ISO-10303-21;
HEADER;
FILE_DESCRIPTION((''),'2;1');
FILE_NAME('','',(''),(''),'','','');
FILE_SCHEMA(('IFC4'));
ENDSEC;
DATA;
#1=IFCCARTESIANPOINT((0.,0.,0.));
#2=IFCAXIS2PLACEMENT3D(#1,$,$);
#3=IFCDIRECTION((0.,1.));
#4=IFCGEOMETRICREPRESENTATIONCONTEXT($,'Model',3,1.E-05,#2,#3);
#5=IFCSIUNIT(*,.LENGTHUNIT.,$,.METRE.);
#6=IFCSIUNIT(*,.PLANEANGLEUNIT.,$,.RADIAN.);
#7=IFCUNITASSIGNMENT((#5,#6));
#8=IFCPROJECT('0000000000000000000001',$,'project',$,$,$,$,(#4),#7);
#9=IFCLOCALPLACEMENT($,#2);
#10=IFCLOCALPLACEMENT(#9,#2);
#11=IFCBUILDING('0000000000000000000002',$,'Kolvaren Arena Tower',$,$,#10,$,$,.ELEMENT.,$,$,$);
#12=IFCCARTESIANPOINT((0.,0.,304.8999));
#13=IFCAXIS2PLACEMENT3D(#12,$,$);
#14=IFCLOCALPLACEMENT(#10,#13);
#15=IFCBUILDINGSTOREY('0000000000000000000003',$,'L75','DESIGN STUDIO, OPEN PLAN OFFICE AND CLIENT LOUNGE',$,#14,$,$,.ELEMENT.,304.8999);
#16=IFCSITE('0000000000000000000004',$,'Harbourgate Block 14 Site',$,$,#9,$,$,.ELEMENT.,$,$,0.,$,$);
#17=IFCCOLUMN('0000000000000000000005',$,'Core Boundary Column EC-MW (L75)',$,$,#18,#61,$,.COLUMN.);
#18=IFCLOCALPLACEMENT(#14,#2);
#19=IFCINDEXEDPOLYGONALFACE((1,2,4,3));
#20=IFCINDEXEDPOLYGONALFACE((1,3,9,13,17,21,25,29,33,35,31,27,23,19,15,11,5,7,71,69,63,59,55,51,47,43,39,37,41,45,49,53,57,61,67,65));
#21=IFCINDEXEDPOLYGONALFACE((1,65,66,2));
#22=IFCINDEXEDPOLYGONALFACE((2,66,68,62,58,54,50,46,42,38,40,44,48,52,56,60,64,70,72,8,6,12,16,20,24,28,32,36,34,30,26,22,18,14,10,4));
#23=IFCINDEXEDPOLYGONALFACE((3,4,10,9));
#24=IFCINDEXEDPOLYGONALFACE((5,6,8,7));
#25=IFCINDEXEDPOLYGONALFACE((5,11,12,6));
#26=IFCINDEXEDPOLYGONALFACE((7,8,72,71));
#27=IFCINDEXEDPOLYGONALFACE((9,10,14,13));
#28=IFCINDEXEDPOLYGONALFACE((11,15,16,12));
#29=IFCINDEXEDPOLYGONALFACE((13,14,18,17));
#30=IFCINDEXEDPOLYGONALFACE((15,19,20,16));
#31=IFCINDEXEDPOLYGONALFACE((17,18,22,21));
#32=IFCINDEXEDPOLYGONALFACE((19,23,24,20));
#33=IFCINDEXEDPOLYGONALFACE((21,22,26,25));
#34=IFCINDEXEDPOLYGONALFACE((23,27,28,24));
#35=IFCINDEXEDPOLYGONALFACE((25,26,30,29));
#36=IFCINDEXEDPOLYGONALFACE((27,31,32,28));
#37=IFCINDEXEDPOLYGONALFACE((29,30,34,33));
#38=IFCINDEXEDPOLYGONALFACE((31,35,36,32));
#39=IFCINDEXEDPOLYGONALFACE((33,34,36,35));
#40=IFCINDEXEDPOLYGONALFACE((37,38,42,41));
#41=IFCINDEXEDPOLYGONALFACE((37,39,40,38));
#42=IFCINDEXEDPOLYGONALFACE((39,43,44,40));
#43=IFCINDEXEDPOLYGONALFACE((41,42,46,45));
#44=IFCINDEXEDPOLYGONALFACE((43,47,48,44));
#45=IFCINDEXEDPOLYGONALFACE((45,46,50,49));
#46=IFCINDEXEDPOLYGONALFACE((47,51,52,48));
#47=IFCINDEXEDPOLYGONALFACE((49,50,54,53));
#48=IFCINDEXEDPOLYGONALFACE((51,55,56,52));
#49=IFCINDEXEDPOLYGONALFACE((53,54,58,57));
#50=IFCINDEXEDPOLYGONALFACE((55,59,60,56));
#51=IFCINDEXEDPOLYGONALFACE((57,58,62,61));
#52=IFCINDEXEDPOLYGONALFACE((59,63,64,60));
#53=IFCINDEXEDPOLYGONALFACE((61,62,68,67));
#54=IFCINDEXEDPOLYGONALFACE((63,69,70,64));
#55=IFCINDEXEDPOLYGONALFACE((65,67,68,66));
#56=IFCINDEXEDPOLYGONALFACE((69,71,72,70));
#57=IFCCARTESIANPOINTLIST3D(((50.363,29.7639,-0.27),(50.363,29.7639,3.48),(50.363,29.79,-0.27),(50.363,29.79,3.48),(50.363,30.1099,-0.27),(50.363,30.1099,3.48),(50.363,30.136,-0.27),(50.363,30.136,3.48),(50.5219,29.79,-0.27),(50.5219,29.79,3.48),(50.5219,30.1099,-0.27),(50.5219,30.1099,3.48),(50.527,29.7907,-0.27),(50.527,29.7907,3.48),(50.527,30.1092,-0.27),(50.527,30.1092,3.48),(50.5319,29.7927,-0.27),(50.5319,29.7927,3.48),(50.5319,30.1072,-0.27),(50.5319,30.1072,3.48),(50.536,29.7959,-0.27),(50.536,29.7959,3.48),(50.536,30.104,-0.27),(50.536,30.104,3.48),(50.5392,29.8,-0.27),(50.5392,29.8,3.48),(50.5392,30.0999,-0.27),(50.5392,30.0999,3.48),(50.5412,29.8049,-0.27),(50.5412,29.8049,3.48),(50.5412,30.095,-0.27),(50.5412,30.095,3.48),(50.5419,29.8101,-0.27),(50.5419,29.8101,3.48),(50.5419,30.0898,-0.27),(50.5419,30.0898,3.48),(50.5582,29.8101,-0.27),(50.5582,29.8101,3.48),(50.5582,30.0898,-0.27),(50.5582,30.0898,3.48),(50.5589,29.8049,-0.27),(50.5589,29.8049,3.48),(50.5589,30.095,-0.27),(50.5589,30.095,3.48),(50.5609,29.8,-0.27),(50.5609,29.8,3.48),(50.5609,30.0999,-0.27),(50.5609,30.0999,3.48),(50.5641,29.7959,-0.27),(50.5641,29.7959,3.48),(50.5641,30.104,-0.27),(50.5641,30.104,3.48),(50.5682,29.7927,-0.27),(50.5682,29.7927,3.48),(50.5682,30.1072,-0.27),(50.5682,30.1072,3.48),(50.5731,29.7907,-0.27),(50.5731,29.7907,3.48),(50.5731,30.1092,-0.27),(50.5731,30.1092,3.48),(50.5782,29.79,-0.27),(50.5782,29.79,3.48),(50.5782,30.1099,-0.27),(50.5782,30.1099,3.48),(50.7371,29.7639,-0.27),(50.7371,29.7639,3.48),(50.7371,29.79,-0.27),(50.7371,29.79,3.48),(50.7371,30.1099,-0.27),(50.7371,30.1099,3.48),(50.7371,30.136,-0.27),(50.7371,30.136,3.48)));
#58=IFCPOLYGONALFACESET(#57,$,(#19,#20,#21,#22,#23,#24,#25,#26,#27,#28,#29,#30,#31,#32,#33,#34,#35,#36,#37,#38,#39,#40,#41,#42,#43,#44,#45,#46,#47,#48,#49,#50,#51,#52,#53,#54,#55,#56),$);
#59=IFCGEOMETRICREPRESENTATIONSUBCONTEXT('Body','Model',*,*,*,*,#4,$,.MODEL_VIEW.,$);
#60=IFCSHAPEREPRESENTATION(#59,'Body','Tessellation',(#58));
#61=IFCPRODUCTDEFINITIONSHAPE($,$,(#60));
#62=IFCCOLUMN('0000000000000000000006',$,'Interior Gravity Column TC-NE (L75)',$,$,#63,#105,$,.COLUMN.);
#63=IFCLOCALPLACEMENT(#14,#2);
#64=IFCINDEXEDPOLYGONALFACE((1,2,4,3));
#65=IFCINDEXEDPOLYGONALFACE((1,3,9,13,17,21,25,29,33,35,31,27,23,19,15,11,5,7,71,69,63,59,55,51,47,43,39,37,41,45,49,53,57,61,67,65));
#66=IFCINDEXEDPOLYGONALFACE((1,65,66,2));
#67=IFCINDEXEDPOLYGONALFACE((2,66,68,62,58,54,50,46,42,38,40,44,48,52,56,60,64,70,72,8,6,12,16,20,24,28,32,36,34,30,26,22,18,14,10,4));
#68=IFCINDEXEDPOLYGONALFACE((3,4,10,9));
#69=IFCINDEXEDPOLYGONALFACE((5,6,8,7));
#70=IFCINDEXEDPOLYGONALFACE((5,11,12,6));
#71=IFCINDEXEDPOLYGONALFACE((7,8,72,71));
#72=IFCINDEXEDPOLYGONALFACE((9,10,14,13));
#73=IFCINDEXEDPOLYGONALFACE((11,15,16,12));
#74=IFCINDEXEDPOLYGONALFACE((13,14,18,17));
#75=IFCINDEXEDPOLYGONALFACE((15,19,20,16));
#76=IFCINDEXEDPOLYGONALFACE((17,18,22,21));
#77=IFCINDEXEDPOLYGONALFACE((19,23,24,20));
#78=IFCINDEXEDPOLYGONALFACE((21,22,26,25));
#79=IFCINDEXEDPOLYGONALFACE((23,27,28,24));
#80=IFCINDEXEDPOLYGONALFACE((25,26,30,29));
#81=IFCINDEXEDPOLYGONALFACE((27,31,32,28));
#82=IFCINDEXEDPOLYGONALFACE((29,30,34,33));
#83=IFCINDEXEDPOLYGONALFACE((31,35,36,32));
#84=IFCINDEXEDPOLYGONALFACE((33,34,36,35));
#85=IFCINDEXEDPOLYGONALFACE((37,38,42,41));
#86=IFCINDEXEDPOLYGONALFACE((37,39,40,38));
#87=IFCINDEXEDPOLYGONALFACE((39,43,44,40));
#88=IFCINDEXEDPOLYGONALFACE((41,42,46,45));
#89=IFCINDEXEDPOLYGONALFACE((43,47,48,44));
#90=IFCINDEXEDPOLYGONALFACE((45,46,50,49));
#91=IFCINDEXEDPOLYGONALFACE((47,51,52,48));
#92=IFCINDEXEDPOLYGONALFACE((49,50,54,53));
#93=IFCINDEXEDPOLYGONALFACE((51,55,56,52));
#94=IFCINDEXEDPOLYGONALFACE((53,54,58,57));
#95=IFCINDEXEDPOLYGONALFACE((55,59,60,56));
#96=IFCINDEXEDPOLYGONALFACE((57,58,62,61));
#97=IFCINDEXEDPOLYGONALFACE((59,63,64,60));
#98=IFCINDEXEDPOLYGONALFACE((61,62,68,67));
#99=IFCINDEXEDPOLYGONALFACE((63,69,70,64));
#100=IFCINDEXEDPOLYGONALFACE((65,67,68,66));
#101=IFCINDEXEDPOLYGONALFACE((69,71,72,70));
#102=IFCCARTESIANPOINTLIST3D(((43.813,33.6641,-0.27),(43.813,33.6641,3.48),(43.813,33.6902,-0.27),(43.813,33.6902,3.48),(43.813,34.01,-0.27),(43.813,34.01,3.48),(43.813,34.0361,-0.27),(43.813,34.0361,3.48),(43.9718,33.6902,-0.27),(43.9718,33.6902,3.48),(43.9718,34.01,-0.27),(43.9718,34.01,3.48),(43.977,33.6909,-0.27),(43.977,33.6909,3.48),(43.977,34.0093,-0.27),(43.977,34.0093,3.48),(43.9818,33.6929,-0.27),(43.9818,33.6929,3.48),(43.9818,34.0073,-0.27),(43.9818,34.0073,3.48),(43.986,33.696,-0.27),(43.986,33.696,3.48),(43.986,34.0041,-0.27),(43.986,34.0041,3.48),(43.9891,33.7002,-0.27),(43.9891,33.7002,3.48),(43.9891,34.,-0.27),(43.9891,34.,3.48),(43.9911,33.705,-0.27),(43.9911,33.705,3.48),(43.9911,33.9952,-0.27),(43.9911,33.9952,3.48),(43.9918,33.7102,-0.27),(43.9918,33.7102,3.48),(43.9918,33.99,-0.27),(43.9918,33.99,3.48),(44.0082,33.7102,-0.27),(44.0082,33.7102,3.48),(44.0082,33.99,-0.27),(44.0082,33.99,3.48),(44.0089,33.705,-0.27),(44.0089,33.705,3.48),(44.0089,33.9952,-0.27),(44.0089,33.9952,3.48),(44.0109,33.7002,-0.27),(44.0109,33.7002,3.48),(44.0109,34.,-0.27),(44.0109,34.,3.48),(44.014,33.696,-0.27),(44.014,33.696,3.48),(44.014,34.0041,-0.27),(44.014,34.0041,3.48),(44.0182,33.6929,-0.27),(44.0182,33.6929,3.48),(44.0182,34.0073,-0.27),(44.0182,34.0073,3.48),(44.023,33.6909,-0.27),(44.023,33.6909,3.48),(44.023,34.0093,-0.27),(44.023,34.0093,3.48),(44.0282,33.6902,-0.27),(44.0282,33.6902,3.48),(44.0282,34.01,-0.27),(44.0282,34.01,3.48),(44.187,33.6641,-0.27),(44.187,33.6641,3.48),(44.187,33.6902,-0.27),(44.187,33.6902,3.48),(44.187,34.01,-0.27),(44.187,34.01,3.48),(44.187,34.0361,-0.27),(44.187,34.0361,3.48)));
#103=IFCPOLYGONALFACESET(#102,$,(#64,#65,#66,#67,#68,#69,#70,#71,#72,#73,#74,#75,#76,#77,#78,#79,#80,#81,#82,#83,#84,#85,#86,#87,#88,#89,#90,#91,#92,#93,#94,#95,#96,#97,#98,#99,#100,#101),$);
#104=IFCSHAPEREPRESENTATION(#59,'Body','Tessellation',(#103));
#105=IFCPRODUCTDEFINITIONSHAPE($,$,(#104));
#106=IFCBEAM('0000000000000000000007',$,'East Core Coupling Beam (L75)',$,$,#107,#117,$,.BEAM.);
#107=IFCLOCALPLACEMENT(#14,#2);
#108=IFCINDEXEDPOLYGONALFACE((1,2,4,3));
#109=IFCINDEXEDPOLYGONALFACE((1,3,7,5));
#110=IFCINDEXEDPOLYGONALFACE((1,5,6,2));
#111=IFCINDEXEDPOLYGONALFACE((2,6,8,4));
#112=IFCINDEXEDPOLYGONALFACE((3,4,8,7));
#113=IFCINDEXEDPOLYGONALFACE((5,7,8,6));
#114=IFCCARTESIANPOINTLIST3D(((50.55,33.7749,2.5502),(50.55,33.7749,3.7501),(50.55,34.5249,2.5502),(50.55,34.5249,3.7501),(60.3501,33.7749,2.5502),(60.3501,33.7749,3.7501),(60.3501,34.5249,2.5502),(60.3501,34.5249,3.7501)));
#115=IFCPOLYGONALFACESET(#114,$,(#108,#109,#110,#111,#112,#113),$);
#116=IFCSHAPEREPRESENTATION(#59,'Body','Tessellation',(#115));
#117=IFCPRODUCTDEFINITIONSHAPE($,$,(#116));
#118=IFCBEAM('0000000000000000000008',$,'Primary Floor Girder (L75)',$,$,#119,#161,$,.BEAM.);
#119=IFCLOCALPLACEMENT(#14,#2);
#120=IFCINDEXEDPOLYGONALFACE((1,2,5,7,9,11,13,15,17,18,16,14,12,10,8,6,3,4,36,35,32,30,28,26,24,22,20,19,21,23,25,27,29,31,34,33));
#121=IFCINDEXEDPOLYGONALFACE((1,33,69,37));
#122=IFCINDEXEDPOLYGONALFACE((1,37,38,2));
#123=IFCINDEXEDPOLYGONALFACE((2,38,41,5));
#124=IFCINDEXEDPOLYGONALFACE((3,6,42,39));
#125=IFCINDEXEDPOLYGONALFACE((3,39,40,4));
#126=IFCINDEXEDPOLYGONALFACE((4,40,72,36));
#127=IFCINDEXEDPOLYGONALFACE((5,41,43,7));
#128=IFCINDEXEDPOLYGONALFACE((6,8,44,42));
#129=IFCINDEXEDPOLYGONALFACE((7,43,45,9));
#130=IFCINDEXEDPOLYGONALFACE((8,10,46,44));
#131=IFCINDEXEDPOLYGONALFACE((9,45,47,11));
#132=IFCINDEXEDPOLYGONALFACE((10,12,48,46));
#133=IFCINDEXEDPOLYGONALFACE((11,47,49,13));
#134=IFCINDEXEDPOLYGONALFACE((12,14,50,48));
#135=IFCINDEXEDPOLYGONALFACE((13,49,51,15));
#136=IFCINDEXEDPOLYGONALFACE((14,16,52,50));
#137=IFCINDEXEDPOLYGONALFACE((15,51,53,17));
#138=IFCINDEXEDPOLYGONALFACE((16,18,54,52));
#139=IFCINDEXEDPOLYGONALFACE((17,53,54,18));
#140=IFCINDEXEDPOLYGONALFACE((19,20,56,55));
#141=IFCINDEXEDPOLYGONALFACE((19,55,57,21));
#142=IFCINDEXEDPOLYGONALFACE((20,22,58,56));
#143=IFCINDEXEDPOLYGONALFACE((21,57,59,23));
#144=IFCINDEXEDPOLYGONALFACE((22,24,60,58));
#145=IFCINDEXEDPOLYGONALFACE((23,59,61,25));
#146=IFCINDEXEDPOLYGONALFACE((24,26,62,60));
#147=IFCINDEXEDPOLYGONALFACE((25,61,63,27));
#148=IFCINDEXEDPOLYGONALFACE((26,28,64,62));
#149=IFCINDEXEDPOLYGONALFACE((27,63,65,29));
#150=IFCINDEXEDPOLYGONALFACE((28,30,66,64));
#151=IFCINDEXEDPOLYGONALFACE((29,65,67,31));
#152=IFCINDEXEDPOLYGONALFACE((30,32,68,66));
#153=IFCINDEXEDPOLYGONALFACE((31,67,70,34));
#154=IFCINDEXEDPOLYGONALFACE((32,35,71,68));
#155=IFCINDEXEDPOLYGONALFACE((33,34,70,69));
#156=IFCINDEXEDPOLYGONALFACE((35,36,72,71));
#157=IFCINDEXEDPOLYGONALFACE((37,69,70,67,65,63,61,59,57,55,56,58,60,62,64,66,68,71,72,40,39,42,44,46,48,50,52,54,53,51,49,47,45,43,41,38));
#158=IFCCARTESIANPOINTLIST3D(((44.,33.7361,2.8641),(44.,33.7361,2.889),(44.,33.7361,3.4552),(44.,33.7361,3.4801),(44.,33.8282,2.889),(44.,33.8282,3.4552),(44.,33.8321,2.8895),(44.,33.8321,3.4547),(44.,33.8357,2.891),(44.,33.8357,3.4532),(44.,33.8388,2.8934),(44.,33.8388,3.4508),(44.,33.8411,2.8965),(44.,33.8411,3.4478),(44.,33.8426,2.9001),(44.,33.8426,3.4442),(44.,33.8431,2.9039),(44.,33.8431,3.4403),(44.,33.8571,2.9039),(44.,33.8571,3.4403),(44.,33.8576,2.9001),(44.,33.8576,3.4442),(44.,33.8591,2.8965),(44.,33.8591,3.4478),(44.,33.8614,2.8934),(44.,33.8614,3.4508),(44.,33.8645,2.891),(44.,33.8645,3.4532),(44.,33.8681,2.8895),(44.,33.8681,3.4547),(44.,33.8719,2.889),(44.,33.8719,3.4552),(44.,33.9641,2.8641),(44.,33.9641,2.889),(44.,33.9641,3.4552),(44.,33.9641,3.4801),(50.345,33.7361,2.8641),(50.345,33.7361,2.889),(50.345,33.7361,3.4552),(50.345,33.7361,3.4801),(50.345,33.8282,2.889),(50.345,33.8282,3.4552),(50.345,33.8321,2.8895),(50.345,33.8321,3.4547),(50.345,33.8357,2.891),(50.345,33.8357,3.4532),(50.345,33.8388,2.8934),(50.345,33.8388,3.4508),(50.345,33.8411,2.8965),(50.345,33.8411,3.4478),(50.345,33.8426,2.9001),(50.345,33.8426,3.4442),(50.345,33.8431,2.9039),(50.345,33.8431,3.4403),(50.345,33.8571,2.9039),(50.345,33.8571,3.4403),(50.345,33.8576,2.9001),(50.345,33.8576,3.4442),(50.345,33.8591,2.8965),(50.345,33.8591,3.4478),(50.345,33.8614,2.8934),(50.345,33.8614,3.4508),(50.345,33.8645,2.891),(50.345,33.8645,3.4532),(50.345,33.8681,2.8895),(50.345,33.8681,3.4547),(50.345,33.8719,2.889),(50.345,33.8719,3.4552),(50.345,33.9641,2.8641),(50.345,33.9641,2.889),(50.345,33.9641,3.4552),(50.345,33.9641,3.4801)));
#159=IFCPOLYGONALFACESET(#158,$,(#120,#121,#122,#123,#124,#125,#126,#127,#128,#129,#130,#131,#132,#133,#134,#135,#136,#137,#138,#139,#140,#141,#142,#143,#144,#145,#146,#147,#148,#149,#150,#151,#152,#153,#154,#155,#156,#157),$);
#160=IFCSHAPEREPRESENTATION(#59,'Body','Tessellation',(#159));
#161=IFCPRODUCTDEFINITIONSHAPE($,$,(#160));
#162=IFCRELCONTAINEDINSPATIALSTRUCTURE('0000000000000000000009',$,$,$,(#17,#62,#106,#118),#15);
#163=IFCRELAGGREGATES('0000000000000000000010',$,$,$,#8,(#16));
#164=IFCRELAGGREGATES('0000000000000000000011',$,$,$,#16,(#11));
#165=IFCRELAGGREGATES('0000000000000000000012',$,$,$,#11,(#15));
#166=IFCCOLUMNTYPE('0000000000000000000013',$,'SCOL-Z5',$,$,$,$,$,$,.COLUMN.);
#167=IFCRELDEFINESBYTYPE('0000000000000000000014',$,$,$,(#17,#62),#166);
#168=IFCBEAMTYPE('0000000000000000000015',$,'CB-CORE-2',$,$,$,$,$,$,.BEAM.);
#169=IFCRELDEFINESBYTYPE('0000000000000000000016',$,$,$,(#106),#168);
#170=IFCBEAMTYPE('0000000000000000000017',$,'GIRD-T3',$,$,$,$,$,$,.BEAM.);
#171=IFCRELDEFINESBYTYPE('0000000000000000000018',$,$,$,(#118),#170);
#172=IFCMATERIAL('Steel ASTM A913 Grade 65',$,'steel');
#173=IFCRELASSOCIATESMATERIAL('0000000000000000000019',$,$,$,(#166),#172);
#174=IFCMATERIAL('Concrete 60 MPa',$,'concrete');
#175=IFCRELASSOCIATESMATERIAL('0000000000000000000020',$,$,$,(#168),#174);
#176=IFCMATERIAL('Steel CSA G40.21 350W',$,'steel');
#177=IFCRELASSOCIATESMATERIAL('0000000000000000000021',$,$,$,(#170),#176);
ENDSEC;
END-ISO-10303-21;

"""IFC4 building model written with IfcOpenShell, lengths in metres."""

from ifc_helpers import new_model, si_unit, direction, frame, origin, origin_2d, place, context, subcontext, project, spatial, rectangle, i_section, extrude, material, material_profile, profile_set, type_object, element, save


model = new_model("IFC4")

# Units and contexts
model_context = context("Model", 3, precision=1e-05, world=origin(), true_north=direction((0.0, 1.0)))
body_context = subcontext(model_context, "Body", "Model", "MODEL_VIEW")
ifc_project = project(units=[si_unit("LENGTHUNIT", "METRE"), si_unit("PLANEANGLEUNIT", "RADIAN")], contexts=[model_context])

# Site, building, storey
site_placement = place(None, origin())
site = spatial("IfcSite", under=ifc_project, at=site_placement, Name="Harbourgate Block 14 Site", CompositionType="ELEMENT", RefElevation=0.0)
building_placement = place(site_placement, origin())
building = spatial("IfcBuilding", under=site, at=building_placement, Name="Kolvaren Arena Tower", CompositionType="ELEMENT")
storey_placement = place(building_placement, frame((0.0, 0.0, 304.8999)))
storey = spatial("IfcBuildingStorey", under=building, at=storey_placement, Name="L75", Description="DESIGN STUDIO, OPEN PLAN OFFICE AND CLIENT LOUNGE", CompositionType="ELEMENT", Elevation=304.8999)

# Columns
ifc_material_1 = material(Name="Steel ASTM A913 Grade 65", Category="steel")
ifc_material_profile_1 = material_profile(ifc_material_1, i_section(OverallWidth=0.374, OverallDepth=0.3721, WebThickness=0.0164, FlangeThickness=0.0261, FilletRadius=0.02, at=origin_2d()), Name="W360x196")
ifc_profile_set_1 = profile_set([ifc_material_profile_1], Name="Steel ASTM A913 Grade 65")
column_type = type_object("IfcColumnType", Name="SCOL-Z5", PredefinedType="COLUMN", material=ifc_profile_set_1)
for number, where, z_axis, x_axis, name in (
    (1, (50.55, 29.95, -0.27), (0.0, 0.0, 1.0), (1.0, 0.0, 0.0), "Core Boundary Column EC-MW (L75)"),
    (2, (44.0, 33.8501, -0.27), (0.0, 0.0, 1.0), (1.0, 0.0, 0.0), "Interior Gravity Column TC-NE (L75)"),
):
    element("IfcColumn", number, at=place(storey_placement, frame(where, z_axis=z_axis, x_axis=x_axis)), inside=storey, type_object=column_type, Name=name, PredefinedType="COLUMN", context=body_context, shape_type="SweptSolid", body=[
        extrude(i_section(OverallWidth=0.374, OverallDepth=0.3721, WebThickness=0.0164, FlangeThickness=0.0261, FilletRadius=0.02, at=origin_2d()), origin(), (0.0, 0.0, 1.0), 3.75),
    ])

# Beams
ifc_material_2 = material(Name="Concrete 60 MPa", Category="concrete")
ifc_material_profile_2 = material_profile(ifc_material_2, rectangle(XDim=0.75, YDim=1.2, at=origin_2d()), Name="RC-750x1200")
ifc_profile_set_2 = profile_set([ifc_material_profile_2], Name="Concrete 60 MPa")
beam_type_1 = type_object("IfcBeamType", Name="CB-CORE-2", PredefinedType="BEAM", material=ifc_profile_set_2)
beam_1_placement = place(storey_placement, frame((50.55, 34.1499, 3.1501), z_axis=(1.0, 0.0, 0.0), x_axis=(0.0, 1.0, 0.0)))
element("IfcBeam", 3, at=beam_1_placement, inside=storey, type_object=beam_type_1, Name="East Core Coupling Beam (L75)", PredefinedType="BEAM", context=body_context, shape_type="SweptSolid", body=[
    extrude(rectangle(XDim=0.75, YDim=1.2, at=origin_2d()), origin(), (0.0, 0.0, 1.0), 9.8),
])
ifc_material_3 = material(Name="Steel CSA G40.21 350W", Category="steel")
ifc_material_profile_3 = material_profile(ifc_material_3, i_section(OverallWidth=0.228, OverallDepth=0.616, WebThickness=0.0139, FlangeThickness=0.0249, FilletRadius=0.0149, at=origin_2d()), Name="W610x174")
ifc_profile_set_3 = profile_set([ifc_material_profile_3], Name="Steel CSA G40.21 350W")
beam_type_2 = type_object("IfcBeamType", Name="GIRD-T3", PredefinedType="BEAM", material=ifc_profile_set_3)
beam_2_placement = place(storey_placement, frame((44.0, 33.8501, 3.1721), z_axis=(1.0, 0.0, 0.0), x_axis=(0.0, 1.0, 0.0)))
element("IfcBeam", 4, at=beam_2_placement, inside=storey, type_object=beam_type_2, Name="Primary Floor Girder (L75)", PredefinedType="BEAM", context=body_context, shape_type="SweptSolid", body=[
    extrude(i_section(OverallWidth=0.228, OverallDepth=0.616, WebThickness=0.0139, FlangeThickness=0.0249, FilletRadius=0.0149, at=origin_2d()), origin(), (0.0, 0.0, 1.0), 6.345),
])

save(model, "model.ifc")
